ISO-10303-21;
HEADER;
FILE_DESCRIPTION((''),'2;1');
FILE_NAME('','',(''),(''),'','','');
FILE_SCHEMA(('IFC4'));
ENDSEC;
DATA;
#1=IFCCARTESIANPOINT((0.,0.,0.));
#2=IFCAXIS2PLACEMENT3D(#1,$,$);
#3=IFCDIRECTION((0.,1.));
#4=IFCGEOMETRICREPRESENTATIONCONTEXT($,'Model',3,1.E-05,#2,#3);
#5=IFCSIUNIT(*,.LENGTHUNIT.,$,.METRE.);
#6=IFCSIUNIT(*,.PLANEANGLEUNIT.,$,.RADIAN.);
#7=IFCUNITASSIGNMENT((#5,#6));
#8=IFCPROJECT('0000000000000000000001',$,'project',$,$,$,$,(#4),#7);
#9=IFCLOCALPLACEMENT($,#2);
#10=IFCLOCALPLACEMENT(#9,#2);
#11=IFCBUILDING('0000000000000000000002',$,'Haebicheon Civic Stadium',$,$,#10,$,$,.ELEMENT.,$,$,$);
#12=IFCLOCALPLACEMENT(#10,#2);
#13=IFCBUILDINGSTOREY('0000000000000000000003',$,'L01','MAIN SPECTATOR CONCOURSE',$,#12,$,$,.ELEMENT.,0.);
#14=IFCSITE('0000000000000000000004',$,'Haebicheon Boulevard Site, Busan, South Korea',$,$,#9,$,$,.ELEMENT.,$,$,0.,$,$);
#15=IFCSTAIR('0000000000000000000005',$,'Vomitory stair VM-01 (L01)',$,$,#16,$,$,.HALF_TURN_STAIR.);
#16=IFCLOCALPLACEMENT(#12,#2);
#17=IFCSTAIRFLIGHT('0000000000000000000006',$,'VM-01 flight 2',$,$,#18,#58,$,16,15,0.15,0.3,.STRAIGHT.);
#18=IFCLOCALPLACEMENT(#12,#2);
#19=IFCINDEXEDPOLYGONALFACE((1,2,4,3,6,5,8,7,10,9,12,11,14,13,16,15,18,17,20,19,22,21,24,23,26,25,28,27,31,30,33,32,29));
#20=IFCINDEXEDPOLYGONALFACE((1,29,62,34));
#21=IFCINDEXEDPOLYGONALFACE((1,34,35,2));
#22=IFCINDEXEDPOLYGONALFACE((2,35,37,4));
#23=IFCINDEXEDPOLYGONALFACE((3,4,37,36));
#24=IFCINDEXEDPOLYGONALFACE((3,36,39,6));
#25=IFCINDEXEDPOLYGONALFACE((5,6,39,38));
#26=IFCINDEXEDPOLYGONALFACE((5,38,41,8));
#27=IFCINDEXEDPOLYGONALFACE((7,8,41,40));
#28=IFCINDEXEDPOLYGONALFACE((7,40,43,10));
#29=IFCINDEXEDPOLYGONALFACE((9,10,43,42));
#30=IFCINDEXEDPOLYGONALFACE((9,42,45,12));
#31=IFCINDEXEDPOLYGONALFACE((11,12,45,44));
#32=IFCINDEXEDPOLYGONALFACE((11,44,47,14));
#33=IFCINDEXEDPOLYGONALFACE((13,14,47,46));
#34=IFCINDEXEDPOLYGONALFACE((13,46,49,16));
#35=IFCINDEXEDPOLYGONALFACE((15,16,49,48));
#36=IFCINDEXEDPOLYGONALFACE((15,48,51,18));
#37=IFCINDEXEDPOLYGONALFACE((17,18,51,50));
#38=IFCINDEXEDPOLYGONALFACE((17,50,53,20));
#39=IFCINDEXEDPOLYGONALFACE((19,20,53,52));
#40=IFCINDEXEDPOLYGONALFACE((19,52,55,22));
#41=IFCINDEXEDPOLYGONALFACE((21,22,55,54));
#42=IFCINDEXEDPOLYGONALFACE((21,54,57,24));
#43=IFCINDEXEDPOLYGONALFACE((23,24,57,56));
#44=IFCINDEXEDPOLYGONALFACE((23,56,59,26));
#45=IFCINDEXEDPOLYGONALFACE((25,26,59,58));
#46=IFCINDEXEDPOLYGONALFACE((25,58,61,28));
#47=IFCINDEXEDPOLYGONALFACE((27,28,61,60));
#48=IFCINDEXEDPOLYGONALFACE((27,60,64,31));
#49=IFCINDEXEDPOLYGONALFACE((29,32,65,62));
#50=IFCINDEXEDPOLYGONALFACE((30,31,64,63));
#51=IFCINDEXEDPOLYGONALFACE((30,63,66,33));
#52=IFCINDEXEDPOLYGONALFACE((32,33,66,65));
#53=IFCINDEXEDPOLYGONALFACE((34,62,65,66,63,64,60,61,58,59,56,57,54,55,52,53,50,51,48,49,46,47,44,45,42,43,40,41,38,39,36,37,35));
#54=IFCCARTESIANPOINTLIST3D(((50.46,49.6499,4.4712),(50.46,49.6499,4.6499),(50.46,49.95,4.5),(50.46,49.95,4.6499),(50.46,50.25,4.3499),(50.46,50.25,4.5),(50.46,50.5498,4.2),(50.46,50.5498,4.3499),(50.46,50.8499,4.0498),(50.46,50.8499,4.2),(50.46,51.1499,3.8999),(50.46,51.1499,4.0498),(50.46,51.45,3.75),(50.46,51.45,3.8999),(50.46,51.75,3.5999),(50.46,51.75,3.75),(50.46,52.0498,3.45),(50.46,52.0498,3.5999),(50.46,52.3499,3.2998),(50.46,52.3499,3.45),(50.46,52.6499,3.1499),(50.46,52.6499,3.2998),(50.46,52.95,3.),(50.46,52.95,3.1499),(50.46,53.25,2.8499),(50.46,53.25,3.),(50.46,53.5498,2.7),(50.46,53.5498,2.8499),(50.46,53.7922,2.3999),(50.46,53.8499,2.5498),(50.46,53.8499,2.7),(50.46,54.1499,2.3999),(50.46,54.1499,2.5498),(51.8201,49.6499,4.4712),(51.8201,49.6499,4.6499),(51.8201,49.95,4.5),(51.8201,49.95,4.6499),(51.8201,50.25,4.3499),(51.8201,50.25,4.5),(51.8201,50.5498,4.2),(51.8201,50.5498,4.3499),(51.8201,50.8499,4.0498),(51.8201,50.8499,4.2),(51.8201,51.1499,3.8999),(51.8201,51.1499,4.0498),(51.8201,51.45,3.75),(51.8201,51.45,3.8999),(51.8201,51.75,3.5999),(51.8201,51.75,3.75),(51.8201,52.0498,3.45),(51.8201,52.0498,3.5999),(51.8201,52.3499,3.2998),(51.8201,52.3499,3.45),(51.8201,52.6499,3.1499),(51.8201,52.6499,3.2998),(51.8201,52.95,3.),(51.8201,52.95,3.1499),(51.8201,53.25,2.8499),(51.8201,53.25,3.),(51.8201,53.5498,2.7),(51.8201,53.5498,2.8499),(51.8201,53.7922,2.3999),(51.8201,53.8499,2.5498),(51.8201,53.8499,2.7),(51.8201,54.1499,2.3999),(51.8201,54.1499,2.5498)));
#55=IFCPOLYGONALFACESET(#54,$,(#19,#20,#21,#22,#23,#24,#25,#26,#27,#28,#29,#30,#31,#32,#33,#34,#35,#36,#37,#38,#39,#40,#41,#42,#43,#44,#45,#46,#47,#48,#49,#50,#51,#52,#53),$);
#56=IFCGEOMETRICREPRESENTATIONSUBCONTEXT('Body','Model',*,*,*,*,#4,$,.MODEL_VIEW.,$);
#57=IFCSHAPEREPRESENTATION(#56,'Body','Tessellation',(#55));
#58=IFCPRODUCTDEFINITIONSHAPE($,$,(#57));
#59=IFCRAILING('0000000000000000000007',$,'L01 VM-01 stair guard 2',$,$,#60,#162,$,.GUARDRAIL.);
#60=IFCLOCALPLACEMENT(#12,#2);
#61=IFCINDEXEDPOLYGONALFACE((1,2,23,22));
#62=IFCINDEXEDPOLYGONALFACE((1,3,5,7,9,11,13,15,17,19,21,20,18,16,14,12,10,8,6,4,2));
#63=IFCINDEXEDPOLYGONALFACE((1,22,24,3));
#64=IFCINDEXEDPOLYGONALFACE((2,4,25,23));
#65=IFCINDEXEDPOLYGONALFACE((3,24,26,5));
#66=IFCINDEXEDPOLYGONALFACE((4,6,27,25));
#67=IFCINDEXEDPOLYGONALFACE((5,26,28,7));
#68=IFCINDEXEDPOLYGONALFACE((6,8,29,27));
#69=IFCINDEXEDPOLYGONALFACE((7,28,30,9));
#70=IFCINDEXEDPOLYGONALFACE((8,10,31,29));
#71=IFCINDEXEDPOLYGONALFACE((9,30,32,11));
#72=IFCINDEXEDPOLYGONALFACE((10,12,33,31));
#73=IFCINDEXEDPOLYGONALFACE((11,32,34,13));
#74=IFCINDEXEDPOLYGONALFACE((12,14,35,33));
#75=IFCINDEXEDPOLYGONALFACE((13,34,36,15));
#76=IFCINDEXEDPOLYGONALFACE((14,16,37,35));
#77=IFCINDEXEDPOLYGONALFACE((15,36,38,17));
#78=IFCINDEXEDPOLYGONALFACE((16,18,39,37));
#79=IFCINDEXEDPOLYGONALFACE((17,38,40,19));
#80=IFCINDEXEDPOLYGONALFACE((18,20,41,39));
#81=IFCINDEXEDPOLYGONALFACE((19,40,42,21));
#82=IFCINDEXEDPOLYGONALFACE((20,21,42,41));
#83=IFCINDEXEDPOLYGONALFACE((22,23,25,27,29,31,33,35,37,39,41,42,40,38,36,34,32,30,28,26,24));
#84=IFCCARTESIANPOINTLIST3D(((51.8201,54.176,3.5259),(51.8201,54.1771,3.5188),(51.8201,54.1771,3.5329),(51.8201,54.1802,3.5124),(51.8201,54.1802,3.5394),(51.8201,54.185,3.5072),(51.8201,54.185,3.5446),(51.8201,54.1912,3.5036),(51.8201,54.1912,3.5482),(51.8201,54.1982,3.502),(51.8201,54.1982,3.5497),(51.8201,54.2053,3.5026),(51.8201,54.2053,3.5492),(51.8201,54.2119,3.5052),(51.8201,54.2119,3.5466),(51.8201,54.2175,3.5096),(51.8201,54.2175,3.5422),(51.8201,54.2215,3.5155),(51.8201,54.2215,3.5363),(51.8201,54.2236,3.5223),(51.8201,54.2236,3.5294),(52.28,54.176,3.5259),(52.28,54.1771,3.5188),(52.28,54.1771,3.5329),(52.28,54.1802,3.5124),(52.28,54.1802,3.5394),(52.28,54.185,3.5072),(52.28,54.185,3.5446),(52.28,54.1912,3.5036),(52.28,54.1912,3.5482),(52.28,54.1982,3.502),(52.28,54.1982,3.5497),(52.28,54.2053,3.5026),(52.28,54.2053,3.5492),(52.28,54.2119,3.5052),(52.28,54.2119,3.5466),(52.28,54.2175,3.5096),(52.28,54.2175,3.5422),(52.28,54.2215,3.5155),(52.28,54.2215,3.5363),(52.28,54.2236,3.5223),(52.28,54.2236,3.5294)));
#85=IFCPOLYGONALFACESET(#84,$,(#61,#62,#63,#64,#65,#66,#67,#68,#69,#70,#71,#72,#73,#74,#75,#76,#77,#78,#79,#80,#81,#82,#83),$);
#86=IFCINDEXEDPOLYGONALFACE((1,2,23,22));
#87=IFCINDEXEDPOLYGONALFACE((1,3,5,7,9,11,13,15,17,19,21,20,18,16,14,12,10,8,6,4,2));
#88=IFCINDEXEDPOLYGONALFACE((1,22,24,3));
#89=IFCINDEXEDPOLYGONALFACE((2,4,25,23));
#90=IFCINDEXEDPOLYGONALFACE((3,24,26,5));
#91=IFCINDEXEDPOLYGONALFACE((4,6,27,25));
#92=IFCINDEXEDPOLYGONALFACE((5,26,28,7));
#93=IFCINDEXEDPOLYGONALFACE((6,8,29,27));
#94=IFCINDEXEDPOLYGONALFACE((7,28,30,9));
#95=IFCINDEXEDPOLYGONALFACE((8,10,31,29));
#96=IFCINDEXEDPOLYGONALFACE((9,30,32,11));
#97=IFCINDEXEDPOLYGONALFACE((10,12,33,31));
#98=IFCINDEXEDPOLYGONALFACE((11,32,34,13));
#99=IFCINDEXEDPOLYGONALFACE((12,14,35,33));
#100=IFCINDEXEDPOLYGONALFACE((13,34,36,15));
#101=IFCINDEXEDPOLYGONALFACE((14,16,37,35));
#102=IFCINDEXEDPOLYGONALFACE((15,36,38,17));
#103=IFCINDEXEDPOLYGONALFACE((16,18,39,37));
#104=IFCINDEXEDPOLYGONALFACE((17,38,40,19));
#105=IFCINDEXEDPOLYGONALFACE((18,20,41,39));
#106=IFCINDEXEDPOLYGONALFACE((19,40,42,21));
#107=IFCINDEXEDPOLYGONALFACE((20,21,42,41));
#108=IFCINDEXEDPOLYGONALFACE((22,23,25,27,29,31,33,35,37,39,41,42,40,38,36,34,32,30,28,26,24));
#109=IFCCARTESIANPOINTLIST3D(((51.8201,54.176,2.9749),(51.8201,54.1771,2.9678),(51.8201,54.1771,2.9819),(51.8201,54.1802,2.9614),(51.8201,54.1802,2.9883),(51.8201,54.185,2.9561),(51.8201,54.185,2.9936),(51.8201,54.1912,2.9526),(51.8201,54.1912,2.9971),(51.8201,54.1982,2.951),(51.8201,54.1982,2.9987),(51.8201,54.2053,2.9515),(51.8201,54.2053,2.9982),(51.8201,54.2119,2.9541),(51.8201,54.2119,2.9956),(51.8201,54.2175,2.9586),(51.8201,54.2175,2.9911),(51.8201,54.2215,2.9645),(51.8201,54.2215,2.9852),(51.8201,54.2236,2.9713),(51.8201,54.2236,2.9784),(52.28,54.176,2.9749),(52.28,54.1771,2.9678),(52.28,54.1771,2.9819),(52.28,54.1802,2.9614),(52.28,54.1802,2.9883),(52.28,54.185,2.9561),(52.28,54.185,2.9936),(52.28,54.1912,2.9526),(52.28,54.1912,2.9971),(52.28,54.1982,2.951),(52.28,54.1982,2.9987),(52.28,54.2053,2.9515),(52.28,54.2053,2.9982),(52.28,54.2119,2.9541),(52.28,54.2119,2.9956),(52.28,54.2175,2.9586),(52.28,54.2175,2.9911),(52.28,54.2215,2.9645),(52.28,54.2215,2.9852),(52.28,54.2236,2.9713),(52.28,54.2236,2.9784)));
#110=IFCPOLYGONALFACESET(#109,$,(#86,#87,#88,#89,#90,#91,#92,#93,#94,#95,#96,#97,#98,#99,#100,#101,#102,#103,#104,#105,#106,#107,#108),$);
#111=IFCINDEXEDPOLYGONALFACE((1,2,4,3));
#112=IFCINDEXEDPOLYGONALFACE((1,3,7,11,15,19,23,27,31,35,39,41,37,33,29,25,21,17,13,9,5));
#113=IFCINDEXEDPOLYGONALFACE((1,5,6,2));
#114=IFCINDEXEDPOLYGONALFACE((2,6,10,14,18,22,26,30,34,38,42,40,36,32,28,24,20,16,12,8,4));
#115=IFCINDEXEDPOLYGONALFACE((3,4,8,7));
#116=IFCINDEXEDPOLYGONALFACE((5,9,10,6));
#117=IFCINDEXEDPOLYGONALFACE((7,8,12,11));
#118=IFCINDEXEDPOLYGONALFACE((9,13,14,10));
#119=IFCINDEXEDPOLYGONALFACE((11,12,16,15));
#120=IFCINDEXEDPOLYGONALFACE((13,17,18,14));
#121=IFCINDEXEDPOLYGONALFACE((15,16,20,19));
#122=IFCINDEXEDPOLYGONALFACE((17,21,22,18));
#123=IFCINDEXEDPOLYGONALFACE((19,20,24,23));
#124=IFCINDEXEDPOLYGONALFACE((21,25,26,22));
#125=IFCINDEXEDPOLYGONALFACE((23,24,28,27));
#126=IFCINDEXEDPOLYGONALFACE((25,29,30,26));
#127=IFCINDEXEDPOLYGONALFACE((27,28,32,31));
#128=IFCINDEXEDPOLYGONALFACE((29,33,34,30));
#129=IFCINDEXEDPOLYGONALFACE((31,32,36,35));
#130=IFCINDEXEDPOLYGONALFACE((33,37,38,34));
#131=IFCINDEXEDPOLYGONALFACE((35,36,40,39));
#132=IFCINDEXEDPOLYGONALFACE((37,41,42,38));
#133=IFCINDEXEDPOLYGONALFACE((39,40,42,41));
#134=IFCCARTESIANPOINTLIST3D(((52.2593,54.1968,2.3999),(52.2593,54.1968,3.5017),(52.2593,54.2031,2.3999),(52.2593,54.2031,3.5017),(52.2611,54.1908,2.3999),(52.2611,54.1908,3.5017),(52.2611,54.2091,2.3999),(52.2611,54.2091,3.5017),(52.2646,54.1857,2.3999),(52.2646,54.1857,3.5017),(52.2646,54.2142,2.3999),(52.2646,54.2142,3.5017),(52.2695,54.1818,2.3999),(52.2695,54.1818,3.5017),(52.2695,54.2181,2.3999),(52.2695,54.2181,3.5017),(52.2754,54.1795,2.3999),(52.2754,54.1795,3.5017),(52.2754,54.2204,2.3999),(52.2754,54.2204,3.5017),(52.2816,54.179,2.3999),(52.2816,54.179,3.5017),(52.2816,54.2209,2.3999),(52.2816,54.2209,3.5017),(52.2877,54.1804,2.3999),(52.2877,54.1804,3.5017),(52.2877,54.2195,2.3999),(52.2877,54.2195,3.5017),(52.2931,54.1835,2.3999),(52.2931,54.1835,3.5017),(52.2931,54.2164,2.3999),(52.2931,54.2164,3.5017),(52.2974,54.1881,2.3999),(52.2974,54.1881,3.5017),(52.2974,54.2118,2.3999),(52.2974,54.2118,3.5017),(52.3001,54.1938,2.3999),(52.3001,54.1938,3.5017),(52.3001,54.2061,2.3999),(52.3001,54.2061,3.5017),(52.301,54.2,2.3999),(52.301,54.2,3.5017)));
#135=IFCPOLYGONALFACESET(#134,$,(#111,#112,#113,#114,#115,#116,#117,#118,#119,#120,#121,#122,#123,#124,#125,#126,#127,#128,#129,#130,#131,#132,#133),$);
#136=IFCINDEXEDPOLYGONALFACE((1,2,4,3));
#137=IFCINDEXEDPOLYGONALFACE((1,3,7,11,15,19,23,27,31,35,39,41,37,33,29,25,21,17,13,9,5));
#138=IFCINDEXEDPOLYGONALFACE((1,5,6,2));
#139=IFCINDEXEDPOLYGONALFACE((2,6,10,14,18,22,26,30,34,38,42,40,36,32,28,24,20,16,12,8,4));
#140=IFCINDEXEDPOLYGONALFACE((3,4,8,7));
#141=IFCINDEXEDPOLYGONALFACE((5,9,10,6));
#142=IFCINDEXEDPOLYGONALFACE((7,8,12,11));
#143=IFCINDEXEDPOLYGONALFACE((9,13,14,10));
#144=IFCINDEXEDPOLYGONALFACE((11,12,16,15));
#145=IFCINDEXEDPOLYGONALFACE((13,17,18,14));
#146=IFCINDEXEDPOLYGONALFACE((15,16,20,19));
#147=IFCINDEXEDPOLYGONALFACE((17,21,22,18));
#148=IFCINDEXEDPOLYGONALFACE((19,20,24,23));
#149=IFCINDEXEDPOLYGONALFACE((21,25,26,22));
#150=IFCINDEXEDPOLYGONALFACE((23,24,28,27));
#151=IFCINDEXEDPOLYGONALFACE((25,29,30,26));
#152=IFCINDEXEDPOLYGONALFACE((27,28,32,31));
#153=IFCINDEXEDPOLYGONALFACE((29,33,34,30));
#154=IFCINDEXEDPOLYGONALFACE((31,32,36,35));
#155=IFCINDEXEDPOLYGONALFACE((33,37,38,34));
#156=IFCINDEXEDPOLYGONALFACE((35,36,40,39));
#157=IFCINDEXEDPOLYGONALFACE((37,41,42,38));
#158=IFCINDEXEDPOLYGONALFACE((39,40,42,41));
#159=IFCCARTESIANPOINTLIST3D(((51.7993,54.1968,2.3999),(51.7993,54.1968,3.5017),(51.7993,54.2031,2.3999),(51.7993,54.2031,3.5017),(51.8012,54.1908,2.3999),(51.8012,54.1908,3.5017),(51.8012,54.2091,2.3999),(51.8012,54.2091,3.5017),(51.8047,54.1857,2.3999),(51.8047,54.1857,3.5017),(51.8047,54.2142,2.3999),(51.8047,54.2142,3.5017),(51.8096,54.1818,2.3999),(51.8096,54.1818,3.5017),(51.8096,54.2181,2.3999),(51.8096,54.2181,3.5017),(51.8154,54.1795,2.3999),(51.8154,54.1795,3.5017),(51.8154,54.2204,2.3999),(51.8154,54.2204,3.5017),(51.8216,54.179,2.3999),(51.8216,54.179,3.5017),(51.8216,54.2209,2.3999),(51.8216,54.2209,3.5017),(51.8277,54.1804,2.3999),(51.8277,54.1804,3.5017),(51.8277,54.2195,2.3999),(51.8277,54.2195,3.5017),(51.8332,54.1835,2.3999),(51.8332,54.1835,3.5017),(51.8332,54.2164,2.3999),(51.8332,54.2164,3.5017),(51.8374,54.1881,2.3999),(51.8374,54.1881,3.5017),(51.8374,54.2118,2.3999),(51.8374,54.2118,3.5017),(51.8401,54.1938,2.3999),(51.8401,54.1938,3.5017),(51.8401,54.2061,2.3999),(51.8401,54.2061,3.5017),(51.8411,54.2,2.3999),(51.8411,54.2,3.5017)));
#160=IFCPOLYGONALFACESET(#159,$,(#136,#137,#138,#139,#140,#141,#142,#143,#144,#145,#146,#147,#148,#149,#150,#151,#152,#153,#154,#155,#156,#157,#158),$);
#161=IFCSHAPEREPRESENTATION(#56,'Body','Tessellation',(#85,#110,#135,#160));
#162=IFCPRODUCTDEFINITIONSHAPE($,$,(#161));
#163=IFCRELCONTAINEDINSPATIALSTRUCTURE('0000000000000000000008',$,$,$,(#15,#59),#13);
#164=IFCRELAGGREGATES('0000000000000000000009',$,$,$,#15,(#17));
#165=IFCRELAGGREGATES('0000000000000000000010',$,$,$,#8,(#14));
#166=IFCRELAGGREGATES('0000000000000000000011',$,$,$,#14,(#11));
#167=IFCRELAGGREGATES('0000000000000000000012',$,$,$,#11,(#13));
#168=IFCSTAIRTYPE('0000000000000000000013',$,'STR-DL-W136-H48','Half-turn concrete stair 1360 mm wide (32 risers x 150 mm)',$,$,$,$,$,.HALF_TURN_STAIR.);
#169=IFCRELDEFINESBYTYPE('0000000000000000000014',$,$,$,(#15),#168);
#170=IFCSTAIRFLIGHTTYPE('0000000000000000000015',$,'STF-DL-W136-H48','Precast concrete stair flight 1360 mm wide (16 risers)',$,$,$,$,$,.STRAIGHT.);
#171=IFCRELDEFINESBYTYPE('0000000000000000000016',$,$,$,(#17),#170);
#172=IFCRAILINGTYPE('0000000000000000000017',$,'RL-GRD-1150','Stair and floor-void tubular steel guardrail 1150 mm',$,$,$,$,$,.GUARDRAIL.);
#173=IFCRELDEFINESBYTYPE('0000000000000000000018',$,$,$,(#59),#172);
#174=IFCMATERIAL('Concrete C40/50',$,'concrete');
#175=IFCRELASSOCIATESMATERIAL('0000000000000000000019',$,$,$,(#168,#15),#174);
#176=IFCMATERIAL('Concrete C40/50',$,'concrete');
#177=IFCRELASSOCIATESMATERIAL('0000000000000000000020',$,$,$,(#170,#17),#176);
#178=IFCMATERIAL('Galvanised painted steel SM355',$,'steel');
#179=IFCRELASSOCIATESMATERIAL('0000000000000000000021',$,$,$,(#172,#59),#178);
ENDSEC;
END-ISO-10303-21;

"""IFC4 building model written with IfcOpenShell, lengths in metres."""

from ifc_helpers import new_model, si_unit, direction, frame, origin, origin_2d, place, context, subcontext, project, spatial, polyline, circle, outline, extrude, material, type_object, element, aggregate, save


model = new_model("IFC4")

# Units and contexts
model_context = context("Model", 3, precision=1e-05, world=origin(), true_north=direction((0.0, 1.0)))
body_context = subcontext(model_context, "Body", "Model", "MODEL_VIEW")
ifc_project = project(units=[si_unit("LENGTHUNIT", "METRE"), si_unit("PLANEANGLEUNIT", "RADIAN")], contexts=[model_context])

# Site, building, storey
site_placement = place(None, origin())
site = spatial("IfcSite", under=ifc_project, at=site_placement, Name="Haebicheon Boulevard Site, Busan, South Korea", CompositionType="ELEMENT", RefElevation=0.0)
building_placement = place(site_placement, origin())
building = spatial("IfcBuilding", under=site, at=building_placement, Name="Haebicheon Civic Stadium", CompositionType="ELEMENT")
storey_placement = place(building_placement, origin())
storey = spatial("IfcBuildingStorey", under=building, at=storey_placement, Name="L01", Description="MAIN SPECTATOR CONCOURSE", CompositionType="ELEMENT", Elevation=0.0)

# Stair, stair flight
ifc_material_1 = material(Name="Concrete C40/50", Category="concrete")
stair_type = type_object("IfcStairType", Name="STR-DL-W136-H48", Description="Half-turn concrete stair 1360 mm wide (32 risers x 150 mm)", PredefinedType="HALF_TURN_STAIR", material=ifc_material_1)
stair_placement = place(storey_placement, origin())
stair = element("IfcStair", 1, at=stair_placement, inside=storey, type_object=stair_type, material=ifc_material_1, Name="Vomitory stair VM-01 (L01)", PredefinedType="HALF_TURN_STAIR")
ifc_material_2 = material(Name="Concrete C40/50", Category="concrete")
stair_flight_type = type_object("IfcStairFlightType", Name="STF-DL-W136-H48", Description="Precast concrete stair flight 1360 mm wide (16 risers)", PredefinedType="STRAIGHT", material=ifc_material_2)
stair_flight_placement = place(storey_placement, frame((51.1399, 54.1499, 2.3999), z_axis=(0.0, 0.0, 1.0), x_axis=(0.0, -1.0, 0.0)))
stair_flight = element("IfcStairFlight", 2, at=stair_flight_placement, type_object=stair_flight_type, material=ifc_material_2, Name="VM-01 flight 2", NumberOfRisers=16, NumberOfTreads=15, PredefinedType="STRAIGHT", RiserHeight=0.15, TreadLength=0.3, context=body_context, shape_type="SweptSolid", body=[
    extrude(outline(polyline([(0.0, 0.0), (0.0, 0.1499), (0.3, 0.1499), (0.3, 0.3), (0.6001, 0.3), (0.6001, 0.45), (0.8999, 0.45), (0.8999, 0.6001), (1.2, 0.6001), (1.2, 0.75), (1.5, 0.75), (1.5, 0.8999), (1.8, 0.8999), (1.8, 1.05), (2.1001, 1.05), (2.1001, 1.2), (2.3999, 1.2), (2.3999, 1.3501), (2.7, 1.3501), (2.7, 1.5), (3.0, 1.5), (3.0, 1.6499), (3.3, 1.6499), (3.3, 1.8), (3.6001, 1.8), (3.6001, 1.95), (3.8999, 1.95), (3.8999, 2.1001), (4.2, 2.1001), (4.2, 2.25), (4.5, 2.25), (4.5, 2.3999), (4.5, 2.0713), (0.3577, 0.0), (0.0, 0.0)])), frame((0.0, 0.6802, 0.0), z_axis=(0.0, -1.0, 0.0), x_axis=(1.0, 0.0, 0.0)), (0.0, 0.0, 1.0), 1.3601),
])
aggregate(stair, [stair_flight])

# Railing
ifc_material_3 = material(Name="Galvanised painted steel SM355", Category="steel")
railing_type = type_object("IfcRailingType", Name="RL-GRD-1150", Description="Stair and floor-void tubular steel guardrail 1150 mm", PredefinedType="GUARDRAIL", material=ifc_material_3)
railing_1_placement = place(storey_placement, frame((52.28, 54.2, 2.3999)))
element("IfcRailing", 3, at=railing_1_placement, inside=storey, type_object=railing_type, material=ifc_material_3, Name="L01 VM-01 stair guard 2", PredefinedType="GUARDRAIL", context=body_context, shape_type="SweptSolid", body=[
    extrude(circle(Radius=0.0239, at=origin_2d()), frame((0.0, 0.0, 1.126), z_axis=(-1.0, 0.0, 0.0), x_axis=(0.0, -1.0, 0.0)), (0.0, 0.0, 1.0), 0.46),
    extrude(circle(Radius=0.0239, at=origin_2d()), frame((0.0, 0.0, 0.575), z_axis=(-1.0, 0.0, 0.0), x_axis=(0.0, -1.0, 0.0)), (0.0, 0.0, 1.0), 0.46),
    extrude(circle(Radius=0.021, at=origin_2d()), origin(), (0.0, 0.0, 1.0), 1.1018),
    extrude(circle(Radius=0.021, at=origin_2d()), frame((-0.46, 0.0, 0.0)), (0.0, 0.0, 1.0), 1.1018),
])

save(model, "model.ifc")
